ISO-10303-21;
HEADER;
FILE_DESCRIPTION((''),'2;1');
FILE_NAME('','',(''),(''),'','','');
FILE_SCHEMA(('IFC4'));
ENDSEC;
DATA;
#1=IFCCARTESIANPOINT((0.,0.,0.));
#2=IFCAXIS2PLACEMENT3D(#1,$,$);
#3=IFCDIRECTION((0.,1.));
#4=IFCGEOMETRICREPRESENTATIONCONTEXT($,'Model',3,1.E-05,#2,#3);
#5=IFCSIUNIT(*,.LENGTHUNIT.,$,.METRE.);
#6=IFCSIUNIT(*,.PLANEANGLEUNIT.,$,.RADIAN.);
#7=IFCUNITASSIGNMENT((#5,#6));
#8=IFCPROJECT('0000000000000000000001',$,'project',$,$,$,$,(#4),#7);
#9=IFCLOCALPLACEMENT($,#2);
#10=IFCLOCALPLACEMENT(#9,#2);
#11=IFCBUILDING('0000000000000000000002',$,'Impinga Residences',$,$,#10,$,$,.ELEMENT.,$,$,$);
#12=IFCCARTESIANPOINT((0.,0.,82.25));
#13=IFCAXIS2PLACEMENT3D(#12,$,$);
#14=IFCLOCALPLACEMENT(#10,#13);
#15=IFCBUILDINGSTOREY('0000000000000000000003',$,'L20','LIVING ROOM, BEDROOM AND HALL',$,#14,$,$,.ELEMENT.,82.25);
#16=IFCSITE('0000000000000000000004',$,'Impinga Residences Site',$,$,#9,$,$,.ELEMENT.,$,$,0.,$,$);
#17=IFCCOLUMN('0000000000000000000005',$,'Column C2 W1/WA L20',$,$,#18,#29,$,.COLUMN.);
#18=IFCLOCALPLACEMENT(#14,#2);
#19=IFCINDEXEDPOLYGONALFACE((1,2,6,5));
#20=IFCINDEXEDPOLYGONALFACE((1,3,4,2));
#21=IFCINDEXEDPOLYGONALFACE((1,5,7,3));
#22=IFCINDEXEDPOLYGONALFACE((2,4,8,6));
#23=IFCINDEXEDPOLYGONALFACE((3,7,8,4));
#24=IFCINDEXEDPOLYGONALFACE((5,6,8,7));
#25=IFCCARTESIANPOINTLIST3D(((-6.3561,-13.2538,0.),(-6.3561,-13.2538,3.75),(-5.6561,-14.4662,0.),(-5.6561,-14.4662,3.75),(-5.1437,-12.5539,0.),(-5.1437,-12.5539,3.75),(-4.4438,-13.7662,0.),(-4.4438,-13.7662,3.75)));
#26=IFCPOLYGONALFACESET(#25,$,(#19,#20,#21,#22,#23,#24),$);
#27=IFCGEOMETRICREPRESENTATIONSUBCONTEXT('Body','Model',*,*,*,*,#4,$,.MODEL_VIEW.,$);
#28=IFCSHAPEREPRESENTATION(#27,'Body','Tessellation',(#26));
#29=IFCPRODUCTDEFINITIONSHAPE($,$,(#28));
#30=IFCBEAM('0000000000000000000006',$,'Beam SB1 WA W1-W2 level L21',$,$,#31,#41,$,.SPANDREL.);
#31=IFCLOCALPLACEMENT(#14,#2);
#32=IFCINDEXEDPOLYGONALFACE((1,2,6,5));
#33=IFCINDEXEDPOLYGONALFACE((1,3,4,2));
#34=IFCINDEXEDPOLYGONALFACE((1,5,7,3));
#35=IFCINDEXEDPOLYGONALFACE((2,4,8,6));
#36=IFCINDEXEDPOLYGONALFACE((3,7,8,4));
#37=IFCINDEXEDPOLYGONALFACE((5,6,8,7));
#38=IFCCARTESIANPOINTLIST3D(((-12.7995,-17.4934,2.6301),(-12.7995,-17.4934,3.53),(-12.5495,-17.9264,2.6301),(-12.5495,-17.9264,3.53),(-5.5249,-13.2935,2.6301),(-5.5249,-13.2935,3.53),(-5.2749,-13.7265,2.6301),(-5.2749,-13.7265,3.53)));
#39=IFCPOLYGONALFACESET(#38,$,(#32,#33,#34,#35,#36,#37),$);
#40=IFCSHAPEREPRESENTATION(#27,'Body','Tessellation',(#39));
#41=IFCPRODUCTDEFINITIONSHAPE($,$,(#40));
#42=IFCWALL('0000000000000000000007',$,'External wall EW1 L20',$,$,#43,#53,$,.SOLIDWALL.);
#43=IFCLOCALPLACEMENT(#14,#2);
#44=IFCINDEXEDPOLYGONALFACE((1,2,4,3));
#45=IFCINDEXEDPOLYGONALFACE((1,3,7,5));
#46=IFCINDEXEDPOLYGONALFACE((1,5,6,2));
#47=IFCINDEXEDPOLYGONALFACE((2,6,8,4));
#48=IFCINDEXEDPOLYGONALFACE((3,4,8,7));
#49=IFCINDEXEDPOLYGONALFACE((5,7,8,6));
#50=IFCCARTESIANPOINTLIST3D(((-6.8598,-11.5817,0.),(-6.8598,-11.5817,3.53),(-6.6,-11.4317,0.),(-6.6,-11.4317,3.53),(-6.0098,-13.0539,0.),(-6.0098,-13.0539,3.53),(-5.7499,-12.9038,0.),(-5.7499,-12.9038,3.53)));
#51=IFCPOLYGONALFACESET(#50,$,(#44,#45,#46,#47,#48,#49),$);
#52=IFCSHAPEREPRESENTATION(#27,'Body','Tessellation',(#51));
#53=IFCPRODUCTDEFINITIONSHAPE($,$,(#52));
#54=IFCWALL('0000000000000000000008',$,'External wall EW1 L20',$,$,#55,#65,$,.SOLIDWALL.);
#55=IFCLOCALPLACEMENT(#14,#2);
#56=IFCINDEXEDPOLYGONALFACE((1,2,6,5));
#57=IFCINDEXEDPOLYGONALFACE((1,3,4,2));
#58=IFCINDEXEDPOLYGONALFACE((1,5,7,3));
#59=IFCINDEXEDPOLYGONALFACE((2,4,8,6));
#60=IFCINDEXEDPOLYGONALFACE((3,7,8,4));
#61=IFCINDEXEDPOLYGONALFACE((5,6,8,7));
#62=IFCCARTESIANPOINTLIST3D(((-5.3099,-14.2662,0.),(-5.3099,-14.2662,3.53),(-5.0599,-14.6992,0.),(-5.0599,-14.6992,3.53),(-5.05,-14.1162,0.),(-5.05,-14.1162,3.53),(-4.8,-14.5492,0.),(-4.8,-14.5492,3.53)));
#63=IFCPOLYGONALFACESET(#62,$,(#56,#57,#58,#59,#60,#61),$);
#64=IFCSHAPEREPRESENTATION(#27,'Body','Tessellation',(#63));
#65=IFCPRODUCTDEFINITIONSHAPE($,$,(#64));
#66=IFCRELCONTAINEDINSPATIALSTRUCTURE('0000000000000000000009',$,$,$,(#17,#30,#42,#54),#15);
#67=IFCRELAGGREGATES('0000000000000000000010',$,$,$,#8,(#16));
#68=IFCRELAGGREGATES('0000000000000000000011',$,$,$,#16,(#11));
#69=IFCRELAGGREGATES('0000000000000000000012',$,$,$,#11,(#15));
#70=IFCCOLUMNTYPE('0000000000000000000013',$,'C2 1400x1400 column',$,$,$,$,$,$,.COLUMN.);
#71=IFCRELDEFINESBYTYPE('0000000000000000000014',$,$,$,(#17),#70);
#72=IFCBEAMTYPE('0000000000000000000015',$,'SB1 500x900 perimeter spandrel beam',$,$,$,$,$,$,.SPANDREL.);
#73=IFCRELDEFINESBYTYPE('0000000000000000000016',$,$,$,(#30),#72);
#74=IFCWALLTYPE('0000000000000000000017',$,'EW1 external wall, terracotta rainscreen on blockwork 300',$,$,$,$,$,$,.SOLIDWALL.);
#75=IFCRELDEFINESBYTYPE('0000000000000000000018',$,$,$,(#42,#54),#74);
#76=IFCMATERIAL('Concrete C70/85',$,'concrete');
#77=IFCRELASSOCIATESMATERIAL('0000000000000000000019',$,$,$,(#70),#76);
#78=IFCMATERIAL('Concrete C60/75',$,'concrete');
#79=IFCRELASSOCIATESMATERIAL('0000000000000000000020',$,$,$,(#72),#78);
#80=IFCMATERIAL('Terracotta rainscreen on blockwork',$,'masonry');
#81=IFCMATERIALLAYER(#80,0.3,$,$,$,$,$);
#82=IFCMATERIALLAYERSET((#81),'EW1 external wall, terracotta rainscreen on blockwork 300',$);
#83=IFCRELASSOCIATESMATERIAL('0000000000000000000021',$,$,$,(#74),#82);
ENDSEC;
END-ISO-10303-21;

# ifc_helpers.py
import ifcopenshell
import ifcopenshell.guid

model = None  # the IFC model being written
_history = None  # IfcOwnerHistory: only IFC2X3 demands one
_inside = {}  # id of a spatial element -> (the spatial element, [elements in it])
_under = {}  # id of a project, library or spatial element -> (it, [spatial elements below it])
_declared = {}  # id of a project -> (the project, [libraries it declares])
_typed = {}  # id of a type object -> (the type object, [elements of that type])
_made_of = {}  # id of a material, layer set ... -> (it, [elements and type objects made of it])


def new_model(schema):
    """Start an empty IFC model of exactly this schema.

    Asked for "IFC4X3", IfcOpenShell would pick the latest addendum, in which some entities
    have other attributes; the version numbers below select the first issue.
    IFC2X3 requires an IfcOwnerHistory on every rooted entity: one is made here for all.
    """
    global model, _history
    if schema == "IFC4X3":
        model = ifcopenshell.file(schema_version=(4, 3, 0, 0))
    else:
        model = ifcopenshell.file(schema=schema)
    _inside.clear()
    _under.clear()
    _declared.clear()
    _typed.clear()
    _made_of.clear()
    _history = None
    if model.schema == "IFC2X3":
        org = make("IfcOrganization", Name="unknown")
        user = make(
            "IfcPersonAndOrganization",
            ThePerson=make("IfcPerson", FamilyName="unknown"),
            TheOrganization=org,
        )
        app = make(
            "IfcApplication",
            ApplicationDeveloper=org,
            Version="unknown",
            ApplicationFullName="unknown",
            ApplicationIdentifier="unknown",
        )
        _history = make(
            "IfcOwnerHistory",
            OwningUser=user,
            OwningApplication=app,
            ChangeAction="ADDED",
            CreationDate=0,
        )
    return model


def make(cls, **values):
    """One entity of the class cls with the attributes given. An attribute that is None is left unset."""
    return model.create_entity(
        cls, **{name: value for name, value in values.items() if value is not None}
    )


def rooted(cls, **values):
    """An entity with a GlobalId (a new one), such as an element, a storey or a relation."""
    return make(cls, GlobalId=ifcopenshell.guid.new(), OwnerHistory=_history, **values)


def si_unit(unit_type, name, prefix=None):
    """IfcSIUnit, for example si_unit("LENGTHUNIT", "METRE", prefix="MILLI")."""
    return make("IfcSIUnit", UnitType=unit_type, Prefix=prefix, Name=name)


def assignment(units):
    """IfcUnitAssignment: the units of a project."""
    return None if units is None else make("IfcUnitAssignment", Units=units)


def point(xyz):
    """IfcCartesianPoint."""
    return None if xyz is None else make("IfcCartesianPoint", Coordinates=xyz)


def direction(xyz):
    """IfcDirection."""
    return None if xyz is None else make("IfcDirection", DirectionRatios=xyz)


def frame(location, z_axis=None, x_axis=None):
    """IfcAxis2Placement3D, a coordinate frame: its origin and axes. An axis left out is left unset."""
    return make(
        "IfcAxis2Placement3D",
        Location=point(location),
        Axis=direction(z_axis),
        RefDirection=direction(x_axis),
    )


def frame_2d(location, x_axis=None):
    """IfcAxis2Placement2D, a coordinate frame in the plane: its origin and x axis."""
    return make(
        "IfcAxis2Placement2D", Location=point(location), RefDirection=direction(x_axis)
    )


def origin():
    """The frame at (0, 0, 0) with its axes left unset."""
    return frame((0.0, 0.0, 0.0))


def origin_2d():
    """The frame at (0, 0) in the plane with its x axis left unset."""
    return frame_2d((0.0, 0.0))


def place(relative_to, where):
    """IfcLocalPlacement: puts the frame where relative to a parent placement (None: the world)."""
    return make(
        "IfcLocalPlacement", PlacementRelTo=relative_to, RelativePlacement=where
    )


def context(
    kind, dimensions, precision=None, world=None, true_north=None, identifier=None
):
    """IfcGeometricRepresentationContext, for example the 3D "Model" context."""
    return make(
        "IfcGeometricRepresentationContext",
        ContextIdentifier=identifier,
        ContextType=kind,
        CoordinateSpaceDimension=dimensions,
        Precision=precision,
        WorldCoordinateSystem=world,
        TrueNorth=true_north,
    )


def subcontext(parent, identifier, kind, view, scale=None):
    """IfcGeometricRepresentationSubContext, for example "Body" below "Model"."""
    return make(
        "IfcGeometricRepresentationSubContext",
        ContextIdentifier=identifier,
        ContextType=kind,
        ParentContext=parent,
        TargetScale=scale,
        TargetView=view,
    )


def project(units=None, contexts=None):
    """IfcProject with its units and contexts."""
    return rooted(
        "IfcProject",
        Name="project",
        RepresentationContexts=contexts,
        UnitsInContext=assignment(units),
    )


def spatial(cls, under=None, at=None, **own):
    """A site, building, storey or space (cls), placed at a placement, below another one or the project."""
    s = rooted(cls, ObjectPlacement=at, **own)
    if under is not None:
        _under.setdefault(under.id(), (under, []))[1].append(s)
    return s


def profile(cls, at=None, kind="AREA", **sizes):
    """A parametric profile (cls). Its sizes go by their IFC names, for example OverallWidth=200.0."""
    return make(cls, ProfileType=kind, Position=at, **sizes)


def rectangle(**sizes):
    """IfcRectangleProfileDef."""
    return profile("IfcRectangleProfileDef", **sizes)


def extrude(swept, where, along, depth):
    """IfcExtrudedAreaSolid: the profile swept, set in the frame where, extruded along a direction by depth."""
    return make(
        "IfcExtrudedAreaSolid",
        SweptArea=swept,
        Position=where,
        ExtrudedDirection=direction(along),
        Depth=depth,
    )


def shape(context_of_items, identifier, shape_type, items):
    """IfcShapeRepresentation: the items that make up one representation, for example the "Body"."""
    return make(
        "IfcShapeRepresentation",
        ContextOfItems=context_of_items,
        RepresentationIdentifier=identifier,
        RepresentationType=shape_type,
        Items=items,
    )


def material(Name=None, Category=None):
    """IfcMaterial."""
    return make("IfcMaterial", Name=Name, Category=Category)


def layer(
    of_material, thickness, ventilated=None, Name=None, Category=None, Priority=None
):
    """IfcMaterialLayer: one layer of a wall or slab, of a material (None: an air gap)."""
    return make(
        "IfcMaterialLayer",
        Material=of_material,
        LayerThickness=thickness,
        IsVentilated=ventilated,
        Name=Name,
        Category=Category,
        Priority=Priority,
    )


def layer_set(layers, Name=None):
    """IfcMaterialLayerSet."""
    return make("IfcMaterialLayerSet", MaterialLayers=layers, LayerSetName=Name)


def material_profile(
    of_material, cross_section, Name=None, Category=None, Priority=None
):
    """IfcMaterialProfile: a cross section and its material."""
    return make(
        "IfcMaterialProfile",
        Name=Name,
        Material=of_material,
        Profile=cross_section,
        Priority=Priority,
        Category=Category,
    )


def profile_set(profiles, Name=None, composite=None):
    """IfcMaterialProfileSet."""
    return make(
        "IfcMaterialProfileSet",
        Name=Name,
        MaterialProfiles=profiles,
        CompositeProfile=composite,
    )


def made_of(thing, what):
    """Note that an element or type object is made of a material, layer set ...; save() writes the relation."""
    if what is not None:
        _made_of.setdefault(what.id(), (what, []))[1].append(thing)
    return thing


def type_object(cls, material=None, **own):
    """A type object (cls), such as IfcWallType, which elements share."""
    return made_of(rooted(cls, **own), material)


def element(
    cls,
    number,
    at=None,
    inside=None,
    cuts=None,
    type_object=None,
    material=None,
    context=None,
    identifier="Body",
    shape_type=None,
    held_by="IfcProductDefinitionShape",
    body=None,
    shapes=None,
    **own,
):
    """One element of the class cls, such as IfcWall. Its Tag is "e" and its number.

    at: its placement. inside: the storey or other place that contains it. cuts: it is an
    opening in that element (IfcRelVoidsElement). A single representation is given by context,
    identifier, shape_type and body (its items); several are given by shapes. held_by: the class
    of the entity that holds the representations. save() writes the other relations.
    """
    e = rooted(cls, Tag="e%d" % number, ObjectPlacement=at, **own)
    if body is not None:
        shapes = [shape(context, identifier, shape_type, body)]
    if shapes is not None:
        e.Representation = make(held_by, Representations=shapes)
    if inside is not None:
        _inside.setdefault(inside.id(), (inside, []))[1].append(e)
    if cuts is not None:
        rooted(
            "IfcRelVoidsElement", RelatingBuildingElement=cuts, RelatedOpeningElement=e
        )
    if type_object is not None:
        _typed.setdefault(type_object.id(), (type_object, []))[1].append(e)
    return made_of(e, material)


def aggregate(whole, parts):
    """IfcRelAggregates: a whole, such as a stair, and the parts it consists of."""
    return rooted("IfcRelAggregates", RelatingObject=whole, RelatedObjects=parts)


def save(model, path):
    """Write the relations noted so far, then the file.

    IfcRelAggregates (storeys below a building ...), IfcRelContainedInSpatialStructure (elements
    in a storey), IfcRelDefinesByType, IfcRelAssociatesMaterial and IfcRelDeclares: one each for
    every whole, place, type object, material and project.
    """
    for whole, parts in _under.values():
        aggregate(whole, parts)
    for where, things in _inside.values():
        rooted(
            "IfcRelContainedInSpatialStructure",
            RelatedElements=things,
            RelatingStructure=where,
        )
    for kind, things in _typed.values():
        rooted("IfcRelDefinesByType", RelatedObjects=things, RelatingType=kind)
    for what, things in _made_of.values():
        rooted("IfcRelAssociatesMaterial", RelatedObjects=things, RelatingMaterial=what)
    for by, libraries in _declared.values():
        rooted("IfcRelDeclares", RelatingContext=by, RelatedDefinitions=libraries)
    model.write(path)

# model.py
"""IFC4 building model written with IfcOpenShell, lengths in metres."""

from ifc_helpers import new_model, si_unit, direction, frame, frame_2d, origin, origin_2d, place, context, subcontext, project, spatial, rectangle, extrude, material, layer, layer_set, material_profile, profile_set, type_object, element, save


model = new_model("IFC4")

# Units and contexts
model_context = context("Model", 3, precision=1e-05, world=origin(), true_north=direction((0.0, 1.0)))
body_context = subcontext(model_context, "Body", "Model", "MODEL_VIEW")
ifc_project = project(units=[si_unit("LENGTHUNIT", "METRE"), si_unit("PLANEANGLEUNIT", "RADIAN")], contexts=[model_context])

# Site, building, storey
site_placement = place(None, origin())
site = spatial("IfcSite", under=ifc_project, at=site_placement, Name="Impinga Residences Site", CompositionType="ELEMENT", RefElevation=0.0)
building_placement = place(site_placement, origin())
building = spatial("IfcBuilding", under=site, at=building_placement, Name="Impinga Residences", CompositionType="ELEMENT")
storey_placement = place(building_placement, frame((0.0, 0.0, 82.25)))
storey = spatial("IfcBuildingStorey", under=building, at=storey_placement, Name="L20", Description="LIVING ROOM, BEDROOM AND HALL", CompositionType="ELEMENT", Elevation=82.25)

# Column
ifc_material_1 = material(Name="Concrete C70/85", Category="concrete")
ifc_material_profile_1 = material_profile(ifc_material_1, rectangle(XDim=1.3999, YDim=1.3999, at=origin_2d()), Name="RC 1400x1400")
ifc_profile_set_1 = profile_set([ifc_material_profile_1], Name="Concrete C70/85")
column_type = type_object("IfcColumnType", Name="C2 1400x1400 column", PredefinedType="COLUMN", material=ifc_profile_set_1)
column_placement = place(storey_placement, frame((-5.3999, -13.51, 0.0), z_axis=(0.0, 0.0, 1.0), x_axis=(-0.5, 0.866025, 0.0)))
element("IfcColumn", 1, at=column_placement, inside=storey, type_object=column_type, Name="Column C2 W1/WA L20", PredefinedType="COLUMN", context=body_context, shape_type="SweptSolid", body=[
    extrude(rectangle(XDim=1.3999, YDim=1.3999, at=origin_2d()), origin(), (0.0, 0.0, 1.0), 3.75),
])

# Beam
ifc_material_2 = material(Name="Concrete C60/75", Category="concrete")
ifc_material_profile_2 = material_profile(ifc_material_2, rectangle(XDim=0.5, YDim=0.8999, at=origin_2d()), Name="RC 500x900")
ifc_profile_set_2 = profile_set([ifc_material_profile_2], Name="Concrete C60/75")
beam_type = type_object("IfcBeamType", Name="SB1 500x900 perimeter spandrel beam", PredefinedType="SPANDREL", material=ifc_profile_set_2)
beam_placement = place(storey_placement, frame((-5.3999, -13.51, 3.0801), z_axis=(-0.866029, -0.499993, 0.0), x_axis=(0.499993, -0.866029, 0.0)))
element("IfcBeam", 2, at=beam_placement, inside=storey, type_object=beam_type, Name="Beam SB1 WA W1-W2 level L21", PredefinedType="SPANDREL", context=body_context, shape_type="SweptSolid", body=[
    extrude(rectangle(XDim=0.5, YDim=0.8999, at=origin_2d()), origin(), (0.0, 0.0, 1.0), 8.3999),
])

# Walls
ifc_material_3 = material(Name="Terracotta rainscreen on blockwork", Category="masonry")
ifc_layer_1 = layer(ifc_material_3, 0.3)
ifc_layer_set_1 = layer_set([ifc_layer_1], Name="EW1 external wall, terracotta rainscreen on blockwork 300")
wall_type_1 = type_object("IfcWallType", Name="EW1 external wall, terracotta rainscreen on blockwork 300", PredefinedType="SOLIDWALL", material=ifc_layer_set_1)
wall_1_placement = place(storey_placement, frame((-6.73, -11.5066, 0.0), z_axis=(0.0, 0.0, 1.0), x_axis=(0.500062, -0.865989, 0.0)))
element("IfcWall", 3, at=wall_1_placement, inside=storey, type_object=wall_type_1, Name="External wall EW1 L20", PredefinedType="SOLIDWALL", context=body_context, shape_type="SweptSolid", body=[
    extrude(rectangle(XDim=1.7, YDim=0.3, at=frame_2d((0.8501, 0.0))), origin(), (0.0, 0.0, 1.0), 3.53),
])
wall_2_placement = place(storey_placement, frame((-5.1799, -14.1912, 0.0), z_axis=(0.0, 0.0, 1.0), x_axis=(0.49992, -0.866072, 0.0)))
element("IfcWall", 4, at=wall_2_placement, inside=storey, type_object=wall_type_1, Name="External wall EW1 L20", PredefinedType="SOLIDWALL", context=body_context, shape_type="SweptSolid", body=[
    extrude(rectangle(XDim=0.5, YDim=0.3, at=frame_2d((0.25, 0.0))), origin(), (0.0, 0.0, 1.0), 3.53),
])

save(model, "model.ifc")
